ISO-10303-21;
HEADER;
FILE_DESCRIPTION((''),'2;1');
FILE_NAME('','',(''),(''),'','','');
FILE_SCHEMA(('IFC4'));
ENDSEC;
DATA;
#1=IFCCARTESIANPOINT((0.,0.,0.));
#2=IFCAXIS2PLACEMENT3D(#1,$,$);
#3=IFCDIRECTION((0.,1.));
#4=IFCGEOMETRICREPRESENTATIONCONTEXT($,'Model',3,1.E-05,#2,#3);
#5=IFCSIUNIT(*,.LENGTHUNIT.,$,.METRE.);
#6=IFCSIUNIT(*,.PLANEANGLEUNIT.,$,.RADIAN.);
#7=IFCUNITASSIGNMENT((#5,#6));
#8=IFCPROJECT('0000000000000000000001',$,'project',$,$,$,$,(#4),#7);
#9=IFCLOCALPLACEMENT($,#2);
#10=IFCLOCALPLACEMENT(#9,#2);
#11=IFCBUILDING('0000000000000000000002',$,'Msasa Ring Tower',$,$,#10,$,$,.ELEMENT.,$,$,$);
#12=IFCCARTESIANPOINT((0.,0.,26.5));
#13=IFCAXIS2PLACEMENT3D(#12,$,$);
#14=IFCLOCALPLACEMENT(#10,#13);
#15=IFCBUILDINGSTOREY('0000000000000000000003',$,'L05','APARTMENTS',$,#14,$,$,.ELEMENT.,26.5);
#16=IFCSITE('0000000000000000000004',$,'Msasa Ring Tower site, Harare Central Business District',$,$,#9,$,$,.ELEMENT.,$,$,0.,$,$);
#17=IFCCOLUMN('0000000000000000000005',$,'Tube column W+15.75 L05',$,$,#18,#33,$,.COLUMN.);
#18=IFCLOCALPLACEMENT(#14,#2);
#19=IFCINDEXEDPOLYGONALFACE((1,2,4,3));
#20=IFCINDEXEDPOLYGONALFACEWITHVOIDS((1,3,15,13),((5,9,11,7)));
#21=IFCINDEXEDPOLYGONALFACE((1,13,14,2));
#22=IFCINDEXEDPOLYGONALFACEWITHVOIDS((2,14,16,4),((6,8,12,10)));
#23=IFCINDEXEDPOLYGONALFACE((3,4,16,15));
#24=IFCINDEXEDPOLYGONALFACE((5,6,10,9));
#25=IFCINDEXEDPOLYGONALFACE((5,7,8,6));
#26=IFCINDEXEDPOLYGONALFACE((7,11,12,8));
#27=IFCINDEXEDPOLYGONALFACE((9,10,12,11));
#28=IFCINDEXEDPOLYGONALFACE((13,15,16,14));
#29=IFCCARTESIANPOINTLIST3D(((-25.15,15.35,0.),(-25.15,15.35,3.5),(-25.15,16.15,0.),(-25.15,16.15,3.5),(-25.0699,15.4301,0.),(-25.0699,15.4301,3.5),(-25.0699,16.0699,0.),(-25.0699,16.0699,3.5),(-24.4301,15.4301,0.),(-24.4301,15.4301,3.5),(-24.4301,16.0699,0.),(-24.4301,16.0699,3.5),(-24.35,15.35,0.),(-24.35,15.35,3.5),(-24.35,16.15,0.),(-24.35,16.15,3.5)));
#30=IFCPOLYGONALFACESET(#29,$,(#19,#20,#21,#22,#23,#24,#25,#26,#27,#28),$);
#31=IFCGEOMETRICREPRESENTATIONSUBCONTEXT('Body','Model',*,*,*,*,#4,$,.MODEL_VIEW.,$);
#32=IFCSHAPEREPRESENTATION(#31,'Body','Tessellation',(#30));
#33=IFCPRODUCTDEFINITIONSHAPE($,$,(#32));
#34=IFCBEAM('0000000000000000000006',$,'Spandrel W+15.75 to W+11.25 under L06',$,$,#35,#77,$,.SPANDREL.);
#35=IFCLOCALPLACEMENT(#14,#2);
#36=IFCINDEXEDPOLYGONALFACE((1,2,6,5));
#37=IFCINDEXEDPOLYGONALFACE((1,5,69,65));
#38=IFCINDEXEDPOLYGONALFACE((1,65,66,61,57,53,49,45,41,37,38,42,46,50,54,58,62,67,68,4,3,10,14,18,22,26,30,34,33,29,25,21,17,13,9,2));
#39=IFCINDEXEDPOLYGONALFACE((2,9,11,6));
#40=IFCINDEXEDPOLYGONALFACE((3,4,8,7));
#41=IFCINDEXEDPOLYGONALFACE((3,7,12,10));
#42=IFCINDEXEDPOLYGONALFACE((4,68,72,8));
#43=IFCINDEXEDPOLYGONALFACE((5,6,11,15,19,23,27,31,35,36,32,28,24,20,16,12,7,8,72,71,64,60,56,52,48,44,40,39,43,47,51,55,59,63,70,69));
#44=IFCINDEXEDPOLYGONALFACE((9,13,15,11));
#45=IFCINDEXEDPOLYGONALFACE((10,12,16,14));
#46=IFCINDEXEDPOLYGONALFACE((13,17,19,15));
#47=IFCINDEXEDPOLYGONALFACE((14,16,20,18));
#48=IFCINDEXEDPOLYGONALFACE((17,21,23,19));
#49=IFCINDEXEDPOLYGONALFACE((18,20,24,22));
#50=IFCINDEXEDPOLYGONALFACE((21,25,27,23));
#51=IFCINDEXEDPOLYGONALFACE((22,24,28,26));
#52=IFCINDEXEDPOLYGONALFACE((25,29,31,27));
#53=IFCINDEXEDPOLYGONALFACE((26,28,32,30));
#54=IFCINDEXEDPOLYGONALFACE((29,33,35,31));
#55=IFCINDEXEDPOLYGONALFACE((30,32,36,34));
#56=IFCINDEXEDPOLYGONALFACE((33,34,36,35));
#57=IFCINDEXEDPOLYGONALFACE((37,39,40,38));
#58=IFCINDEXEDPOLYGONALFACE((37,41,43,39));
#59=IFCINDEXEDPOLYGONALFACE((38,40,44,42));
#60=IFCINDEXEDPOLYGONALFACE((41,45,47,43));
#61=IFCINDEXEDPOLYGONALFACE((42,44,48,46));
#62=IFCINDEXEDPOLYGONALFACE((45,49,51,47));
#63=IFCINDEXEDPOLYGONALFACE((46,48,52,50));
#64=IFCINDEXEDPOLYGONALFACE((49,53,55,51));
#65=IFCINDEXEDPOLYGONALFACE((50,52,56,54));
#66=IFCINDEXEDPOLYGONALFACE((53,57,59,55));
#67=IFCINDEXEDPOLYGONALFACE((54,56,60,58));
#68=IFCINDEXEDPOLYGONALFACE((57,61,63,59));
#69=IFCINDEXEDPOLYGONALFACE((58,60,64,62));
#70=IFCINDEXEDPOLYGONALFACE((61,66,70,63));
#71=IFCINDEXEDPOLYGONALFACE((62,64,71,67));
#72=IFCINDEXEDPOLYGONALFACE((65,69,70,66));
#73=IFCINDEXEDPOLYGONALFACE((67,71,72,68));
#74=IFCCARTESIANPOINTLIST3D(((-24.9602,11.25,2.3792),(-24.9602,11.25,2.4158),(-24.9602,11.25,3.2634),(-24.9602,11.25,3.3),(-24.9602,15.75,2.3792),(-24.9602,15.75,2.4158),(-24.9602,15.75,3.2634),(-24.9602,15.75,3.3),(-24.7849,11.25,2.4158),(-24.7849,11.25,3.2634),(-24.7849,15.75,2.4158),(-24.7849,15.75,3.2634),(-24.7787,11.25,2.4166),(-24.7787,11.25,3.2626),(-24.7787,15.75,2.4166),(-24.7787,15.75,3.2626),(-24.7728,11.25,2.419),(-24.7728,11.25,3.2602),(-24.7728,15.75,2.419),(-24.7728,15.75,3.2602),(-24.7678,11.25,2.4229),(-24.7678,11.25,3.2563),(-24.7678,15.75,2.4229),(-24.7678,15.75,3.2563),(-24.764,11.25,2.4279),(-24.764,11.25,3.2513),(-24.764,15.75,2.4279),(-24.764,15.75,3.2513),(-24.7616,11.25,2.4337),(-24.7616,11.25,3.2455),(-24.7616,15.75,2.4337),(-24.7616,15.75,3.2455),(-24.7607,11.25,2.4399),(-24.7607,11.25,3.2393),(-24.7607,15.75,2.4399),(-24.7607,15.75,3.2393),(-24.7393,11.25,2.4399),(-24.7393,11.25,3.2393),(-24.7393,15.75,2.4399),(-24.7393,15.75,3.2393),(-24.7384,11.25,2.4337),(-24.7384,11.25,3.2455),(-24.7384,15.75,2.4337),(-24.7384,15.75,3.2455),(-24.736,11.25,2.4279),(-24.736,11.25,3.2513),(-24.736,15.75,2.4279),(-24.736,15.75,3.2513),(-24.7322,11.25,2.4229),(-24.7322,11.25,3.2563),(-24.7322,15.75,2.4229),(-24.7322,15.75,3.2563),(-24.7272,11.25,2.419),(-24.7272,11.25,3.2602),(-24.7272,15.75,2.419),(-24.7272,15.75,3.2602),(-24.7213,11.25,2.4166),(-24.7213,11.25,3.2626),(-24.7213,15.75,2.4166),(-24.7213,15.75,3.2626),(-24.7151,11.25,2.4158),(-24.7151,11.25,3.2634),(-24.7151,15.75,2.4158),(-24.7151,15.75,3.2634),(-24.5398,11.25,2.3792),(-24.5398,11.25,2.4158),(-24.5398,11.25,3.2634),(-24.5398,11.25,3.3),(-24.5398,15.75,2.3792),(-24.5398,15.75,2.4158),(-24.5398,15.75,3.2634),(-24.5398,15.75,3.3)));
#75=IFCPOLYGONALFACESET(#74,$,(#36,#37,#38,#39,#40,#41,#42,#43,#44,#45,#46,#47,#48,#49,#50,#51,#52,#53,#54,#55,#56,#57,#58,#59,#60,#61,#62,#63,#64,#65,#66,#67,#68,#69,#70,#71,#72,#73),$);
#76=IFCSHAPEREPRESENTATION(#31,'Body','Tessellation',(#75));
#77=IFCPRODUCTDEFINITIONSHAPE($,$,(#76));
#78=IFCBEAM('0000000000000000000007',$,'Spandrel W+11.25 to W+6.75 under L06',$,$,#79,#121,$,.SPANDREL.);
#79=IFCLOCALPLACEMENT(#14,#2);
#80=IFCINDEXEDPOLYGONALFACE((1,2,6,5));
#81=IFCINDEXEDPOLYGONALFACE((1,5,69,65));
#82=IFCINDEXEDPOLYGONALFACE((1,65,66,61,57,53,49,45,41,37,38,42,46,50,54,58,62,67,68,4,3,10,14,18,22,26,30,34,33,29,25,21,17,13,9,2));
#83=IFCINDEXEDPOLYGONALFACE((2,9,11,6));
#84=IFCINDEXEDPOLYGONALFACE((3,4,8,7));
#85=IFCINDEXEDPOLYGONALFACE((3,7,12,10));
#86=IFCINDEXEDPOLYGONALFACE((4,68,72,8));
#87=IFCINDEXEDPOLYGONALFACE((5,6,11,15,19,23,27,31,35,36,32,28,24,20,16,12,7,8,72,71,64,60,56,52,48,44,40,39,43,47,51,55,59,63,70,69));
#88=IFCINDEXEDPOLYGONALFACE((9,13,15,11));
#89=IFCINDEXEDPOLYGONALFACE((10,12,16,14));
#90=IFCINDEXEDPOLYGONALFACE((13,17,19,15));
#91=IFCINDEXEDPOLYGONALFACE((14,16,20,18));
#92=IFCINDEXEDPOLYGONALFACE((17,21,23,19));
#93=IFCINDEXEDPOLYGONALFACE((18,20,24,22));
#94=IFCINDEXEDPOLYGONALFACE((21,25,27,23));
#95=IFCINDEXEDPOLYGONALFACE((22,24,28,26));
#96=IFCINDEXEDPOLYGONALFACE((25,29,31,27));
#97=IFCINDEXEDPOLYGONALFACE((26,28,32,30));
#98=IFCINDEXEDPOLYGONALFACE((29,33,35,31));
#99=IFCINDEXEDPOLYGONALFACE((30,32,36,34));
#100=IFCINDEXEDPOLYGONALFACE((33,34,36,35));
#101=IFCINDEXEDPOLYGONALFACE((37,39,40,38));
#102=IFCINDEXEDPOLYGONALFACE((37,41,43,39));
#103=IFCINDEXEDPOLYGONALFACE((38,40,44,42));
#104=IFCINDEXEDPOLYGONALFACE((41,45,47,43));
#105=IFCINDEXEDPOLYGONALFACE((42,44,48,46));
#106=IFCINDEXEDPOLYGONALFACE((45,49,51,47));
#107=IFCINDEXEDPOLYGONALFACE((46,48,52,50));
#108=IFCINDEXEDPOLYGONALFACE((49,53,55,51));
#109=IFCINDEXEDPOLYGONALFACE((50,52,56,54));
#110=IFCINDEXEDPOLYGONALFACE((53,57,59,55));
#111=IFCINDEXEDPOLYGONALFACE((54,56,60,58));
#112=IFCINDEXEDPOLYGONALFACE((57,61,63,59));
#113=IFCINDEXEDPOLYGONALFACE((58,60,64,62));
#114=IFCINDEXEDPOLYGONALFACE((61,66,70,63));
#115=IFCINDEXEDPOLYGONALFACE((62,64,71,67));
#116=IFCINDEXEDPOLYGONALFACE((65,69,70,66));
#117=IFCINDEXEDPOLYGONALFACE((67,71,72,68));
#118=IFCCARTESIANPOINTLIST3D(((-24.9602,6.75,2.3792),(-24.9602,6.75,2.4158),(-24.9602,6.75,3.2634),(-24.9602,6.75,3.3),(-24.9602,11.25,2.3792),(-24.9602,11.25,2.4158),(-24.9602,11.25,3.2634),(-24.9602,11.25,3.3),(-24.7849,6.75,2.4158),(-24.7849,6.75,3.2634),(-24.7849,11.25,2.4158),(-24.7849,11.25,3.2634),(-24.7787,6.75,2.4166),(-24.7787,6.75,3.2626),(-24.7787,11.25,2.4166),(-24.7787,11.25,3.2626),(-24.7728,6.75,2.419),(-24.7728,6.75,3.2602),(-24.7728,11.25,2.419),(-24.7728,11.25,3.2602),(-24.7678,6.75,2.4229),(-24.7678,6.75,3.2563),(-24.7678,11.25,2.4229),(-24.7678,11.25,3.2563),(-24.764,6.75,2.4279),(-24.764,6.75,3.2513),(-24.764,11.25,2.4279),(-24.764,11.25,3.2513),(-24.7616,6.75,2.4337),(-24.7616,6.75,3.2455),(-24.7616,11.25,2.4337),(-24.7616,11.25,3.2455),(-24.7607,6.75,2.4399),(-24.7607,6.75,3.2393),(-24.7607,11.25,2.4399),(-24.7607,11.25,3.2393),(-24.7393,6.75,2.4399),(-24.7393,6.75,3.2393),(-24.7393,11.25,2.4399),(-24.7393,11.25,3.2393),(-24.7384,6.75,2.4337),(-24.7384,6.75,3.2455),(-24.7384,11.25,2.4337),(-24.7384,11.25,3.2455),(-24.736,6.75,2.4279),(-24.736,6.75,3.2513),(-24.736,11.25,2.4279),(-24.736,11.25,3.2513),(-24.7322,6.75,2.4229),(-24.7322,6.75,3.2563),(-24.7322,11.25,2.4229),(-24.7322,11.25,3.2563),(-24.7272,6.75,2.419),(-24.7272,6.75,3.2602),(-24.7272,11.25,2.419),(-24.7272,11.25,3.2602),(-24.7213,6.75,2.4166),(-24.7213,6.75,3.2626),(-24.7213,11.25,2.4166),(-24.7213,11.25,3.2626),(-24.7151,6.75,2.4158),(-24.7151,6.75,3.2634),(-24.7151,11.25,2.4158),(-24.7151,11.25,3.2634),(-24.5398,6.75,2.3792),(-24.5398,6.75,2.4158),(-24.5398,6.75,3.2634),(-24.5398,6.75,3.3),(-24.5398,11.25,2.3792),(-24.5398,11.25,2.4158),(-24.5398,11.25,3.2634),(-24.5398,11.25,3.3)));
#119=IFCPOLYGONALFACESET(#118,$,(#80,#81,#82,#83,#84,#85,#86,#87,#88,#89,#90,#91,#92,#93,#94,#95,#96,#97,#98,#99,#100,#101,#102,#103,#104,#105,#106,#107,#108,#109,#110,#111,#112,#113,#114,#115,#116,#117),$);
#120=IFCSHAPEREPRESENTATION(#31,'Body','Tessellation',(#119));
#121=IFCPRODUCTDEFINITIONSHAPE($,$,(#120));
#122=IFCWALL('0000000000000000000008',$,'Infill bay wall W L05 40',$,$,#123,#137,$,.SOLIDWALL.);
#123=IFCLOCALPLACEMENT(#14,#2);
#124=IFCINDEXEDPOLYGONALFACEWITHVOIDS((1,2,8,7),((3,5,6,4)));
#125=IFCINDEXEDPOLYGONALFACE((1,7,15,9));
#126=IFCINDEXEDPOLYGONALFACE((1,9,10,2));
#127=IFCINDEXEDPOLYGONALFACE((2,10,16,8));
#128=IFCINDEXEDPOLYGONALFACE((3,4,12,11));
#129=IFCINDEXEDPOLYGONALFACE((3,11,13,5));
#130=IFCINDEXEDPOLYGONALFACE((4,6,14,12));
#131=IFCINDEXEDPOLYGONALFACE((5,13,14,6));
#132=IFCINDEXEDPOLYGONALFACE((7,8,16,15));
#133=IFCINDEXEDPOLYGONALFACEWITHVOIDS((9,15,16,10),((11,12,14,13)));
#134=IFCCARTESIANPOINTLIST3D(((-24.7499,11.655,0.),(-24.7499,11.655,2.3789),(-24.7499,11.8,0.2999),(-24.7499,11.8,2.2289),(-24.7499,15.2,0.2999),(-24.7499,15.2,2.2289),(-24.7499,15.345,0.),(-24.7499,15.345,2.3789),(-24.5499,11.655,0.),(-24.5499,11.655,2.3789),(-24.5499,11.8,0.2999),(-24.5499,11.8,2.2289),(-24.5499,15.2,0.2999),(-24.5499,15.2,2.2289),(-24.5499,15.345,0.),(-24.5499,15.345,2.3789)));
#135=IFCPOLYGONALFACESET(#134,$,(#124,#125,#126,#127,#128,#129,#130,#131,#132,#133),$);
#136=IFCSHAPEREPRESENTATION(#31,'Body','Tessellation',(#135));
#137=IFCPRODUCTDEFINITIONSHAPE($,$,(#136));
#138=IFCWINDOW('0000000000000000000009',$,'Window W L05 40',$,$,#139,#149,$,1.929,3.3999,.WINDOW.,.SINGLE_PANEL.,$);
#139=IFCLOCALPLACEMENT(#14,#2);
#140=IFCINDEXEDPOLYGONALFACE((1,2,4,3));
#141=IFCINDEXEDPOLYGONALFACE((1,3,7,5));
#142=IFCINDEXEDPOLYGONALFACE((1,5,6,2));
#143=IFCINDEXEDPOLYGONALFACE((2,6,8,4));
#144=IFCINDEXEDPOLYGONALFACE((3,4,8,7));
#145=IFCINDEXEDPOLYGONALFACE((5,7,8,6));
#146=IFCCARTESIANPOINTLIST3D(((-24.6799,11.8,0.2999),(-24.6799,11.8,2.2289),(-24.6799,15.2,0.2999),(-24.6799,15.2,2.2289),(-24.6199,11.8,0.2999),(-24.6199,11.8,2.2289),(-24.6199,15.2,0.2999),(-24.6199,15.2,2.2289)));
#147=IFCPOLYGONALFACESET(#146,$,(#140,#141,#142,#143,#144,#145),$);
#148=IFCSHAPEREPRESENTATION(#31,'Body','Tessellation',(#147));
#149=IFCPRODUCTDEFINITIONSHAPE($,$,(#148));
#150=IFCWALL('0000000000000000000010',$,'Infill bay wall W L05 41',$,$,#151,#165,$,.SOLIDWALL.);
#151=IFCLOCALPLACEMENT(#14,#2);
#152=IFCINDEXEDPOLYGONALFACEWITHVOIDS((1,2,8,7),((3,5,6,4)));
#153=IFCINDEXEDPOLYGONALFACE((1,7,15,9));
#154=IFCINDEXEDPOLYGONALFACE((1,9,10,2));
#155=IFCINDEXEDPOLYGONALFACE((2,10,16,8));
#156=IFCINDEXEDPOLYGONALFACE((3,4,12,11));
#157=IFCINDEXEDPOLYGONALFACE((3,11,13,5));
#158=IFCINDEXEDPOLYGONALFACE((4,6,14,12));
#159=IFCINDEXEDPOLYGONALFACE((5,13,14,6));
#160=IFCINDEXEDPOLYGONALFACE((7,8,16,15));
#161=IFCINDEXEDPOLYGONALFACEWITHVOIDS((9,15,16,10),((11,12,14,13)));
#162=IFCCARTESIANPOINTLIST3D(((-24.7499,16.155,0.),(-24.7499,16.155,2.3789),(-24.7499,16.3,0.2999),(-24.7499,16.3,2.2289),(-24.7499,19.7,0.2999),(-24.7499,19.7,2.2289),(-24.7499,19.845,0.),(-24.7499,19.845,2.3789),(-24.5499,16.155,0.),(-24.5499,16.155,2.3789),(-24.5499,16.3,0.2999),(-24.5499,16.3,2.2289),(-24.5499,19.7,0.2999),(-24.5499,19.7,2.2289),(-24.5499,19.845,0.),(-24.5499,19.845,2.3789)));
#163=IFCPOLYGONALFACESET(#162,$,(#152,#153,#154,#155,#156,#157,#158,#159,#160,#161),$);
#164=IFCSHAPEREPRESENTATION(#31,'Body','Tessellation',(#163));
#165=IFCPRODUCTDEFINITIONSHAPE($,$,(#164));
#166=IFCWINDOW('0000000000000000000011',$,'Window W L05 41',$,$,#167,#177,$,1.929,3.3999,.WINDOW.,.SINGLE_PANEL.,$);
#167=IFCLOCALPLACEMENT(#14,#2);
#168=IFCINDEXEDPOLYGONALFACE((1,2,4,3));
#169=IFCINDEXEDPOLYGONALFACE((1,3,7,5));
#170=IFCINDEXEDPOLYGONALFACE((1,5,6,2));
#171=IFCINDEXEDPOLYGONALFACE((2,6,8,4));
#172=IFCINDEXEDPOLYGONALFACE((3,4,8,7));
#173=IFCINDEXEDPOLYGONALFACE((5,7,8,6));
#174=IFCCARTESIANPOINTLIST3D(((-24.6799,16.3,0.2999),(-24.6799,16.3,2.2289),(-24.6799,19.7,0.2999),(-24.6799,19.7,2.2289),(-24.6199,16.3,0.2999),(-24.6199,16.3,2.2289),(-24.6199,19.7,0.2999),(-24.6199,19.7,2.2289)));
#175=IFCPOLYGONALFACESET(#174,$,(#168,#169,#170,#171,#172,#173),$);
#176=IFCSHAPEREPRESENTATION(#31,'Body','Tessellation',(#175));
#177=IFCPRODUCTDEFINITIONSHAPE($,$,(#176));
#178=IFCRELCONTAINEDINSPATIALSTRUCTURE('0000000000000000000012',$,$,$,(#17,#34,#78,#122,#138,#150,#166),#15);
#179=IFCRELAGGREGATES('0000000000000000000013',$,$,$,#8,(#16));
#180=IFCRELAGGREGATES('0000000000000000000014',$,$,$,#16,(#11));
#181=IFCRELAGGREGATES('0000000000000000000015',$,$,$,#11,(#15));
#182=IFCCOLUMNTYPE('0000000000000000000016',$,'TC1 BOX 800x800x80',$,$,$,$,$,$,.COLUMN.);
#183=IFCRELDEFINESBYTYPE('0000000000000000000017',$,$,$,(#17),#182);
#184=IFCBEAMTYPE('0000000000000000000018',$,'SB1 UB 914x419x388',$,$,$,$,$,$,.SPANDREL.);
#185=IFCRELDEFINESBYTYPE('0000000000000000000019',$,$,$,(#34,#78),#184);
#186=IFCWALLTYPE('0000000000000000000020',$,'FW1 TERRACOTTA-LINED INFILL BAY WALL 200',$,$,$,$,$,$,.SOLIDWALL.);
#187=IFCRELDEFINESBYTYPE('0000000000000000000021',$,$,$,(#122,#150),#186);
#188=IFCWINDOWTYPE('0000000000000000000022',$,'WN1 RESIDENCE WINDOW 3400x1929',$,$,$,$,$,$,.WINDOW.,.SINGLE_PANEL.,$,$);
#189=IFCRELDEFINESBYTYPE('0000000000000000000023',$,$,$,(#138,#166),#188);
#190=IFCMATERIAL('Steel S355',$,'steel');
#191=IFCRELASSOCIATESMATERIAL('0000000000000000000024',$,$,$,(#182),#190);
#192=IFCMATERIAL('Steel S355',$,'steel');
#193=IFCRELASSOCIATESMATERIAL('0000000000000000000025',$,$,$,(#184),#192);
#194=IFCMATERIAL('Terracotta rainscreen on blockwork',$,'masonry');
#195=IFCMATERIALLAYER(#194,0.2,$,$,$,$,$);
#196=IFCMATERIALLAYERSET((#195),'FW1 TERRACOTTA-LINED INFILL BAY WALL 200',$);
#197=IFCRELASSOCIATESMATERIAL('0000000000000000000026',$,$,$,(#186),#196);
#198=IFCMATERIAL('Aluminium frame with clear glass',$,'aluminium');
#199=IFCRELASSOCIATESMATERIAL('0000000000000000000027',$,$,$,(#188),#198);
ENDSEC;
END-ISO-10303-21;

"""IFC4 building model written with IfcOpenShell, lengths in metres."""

from ifc_helpers import new_model, si_unit, direction, frame, frame_2d, origin, origin_2d, place, context, subcontext, project, spatial, rectangle, hollow_rectangle, i_section, extrude, material, layer, layer_set, material_profile, profile_set, type_object, element, fill, save


model = new_model("IFC4")

# Units and contexts
model_context = context("Model", 3, precision=1e-05, world=origin(), true_north=direction((0.0, 1.0)))
body_context = subcontext(model_context, "Body", "Model", "MODEL_VIEW")
ifc_project = project(units=[si_unit("LENGTHUNIT", "METRE"), si_unit("PLANEANGLEUNIT", "RADIAN")], contexts=[model_context])

# Site, building, storey
site_placement = place(None, origin())
site = spatial("IfcSite", under=ifc_project, at=site_placement, Name="Msasa Ring Tower site, Harare Central Business District", CompositionType="ELEMENT", RefElevation=0.0)
building_placement = place(site_placement, origin())
building = spatial("IfcBuilding", under=site, at=building_placement, Name="Msasa Ring Tower", CompositionType="ELEMENT")
storey_placement = place(building_placement, frame((0.0, 0.0, 26.5)))
storey = spatial("IfcBuildingStorey", under=building, at=storey_placement, Name="L05", Description="APARTMENTS", CompositionType="ELEMENT", Elevation=26.5)

# Column
ifc_material_1 = material(Name="Steel S355", Category="steel")
ifc_material_profile_1 = material_profile(ifc_material_1, hollow_rectangle(XDim=0.8, YDim=0.8, WallThickness=0.0801, at=origin_2d()), Name="BOX 800x800x80")
ifc_profile_set_1 = profile_set([ifc_material_profile_1], Name="Steel S355")
column_type = type_object("IfcColumnType", Name="TC1 BOX 800x800x80", PredefinedType="COLUMN", material=ifc_profile_set_1)
column_placement = place(storey_placement, frame((-24.75, 15.75, 0.0), z_axis=(0.0, 0.0, 1.0), x_axis=(1.0, 0.0, 0.0)))
element("IfcColumn", 1, at=column_placement, inside=storey, type_object=column_type, Name="Tube column W+15.75 L05", PredefinedType="COLUMN", context=body_context, shape_type="SweptSolid", body=[
    extrude(hollow_rectangle(XDim=0.8, YDim=0.8, WallThickness=0.0801, at=origin_2d()), origin(), (0.0, 0.0, 1.0), 3.5),
])

# Beams
ifc_material_2 = material(Name="Steel S355", Category="steel")
ifc_material_profile_2 = material_profile(ifc_material_2, i_section(OverallWidth=0.4204, OverallDepth=0.9209, WebThickness=0.0215, FlangeThickness=0.0366, FilletRadius=0.0242, at=origin_2d()), Name="UB 914x419x388")
ifc_profile_set_2 = profile_set([ifc_material_profile_2], Name="Steel S355")
beam_type = type_object("IfcBeamType", Name="SB1 UB 914x419x388", PredefinedType="SPANDREL", material=ifc_profile_set_2)
for number, where, z_axis, x_axis, name in (
    (2, (-24.75, 15.75, 2.8396), (0.0, -1.0, 0.0), (1.0, 0.0, 0.0), "Spandrel W+15.75 to W+11.25 under L06"),
    (3, (-24.75, 11.25, 2.8396), (0.0, -1.0, 0.0), (1.0, 0.0, 0.0), "Spandrel W+11.25 to W+6.75 under L06"),
):
    element("IfcBeam", number, at=place(storey_placement, frame(where, z_axis=z_axis, x_axis=x_axis)), inside=storey, type_object=beam_type, Name=name, PredefinedType="SPANDREL", context=body_context, shape_type="SweptSolid", body=[
        extrude(i_section(OverallWidth=0.4204, OverallDepth=0.9209, WebThickness=0.0215, FlangeThickness=0.0366, FilletRadius=0.0242, at=origin_2d()), origin(), (0.0, 0.0, 1.0), 4.5),
    ])

# Walls, openings, windows
ifc_material_3 = material(Name="Terracotta rainscreen on blockwork", Category="masonry")
ifc_layer_1 = layer(ifc_material_3, 0.2)
ifc_layer_set_1 = layer_set([ifc_layer_1], Name="FW1 TERRACOTTA-LINED INFILL BAY WALL 200")
wall_type_1 = type_object("IfcWallType", Name="FW1 TERRACOTTA-LINED INFILL BAY WALL 200", PredefinedType="SOLIDWALL", material=ifc_layer_set_1)
wall_1_placement = place(storey_placement, frame((-24.6499, 11.655, 0.0), z_axis=(0.0, 0.0, 1.0), x_axis=(0.0, 1.0, 0.0)))
wall_1 = element("IfcWall", 4, at=wall_1_placement, inside=storey, type_object=wall_type_1, Name="Infill bay wall W L05 40", PredefinedType="SOLIDWALL", context=body_context, shape_type="SweptSolid", body=[
    extrude(rectangle(XDim=3.6899, YDim=0.2, at=frame_2d((1.845, 0.0))), origin(), (0.0, 0.0, 1.0), 2.3789),
])
opening_1_placement = place(wall_1_placement, frame((0.145, 0.0, 0.3)))
opening_1 = element("IfcOpeningElement", 5, at=opening_1_placement, cuts=wall_1, PredefinedType="OPENING", context=body_context, shape_type="SweptSolid", body=[
    extrude(rectangle(XDim=3.3999, YDim=1.929, at=frame_2d((1.7, 0.9644))), frame((0.0, 0.1099, 0.0), z_axis=(0.0, -1.0, 0.0), x_axis=(1.0, 0.0, 0.0)), (0.0, 0.0, 1.0), 0.22),
])
ifc_material_4 = material(Name="Aluminium frame with clear glass", Category="aluminium")
window_type = type_object("IfcWindowType", Name="WN1 RESIDENCE WINDOW 3400x1929", PartitioningType="SINGLE_PANEL", PredefinedType="WINDOW", material=ifc_material_4)
window_1_placement = place(opening_1_placement, origin())
window_1 = element("IfcWindow", 6, at=window_1_placement, inside=storey, type_object=window_type, Name="Window W L05 40", OverallHeight=1.929, OverallWidth=3.3999, PartitioningType="SINGLE_PANEL", PredefinedType="WINDOW", context=body_context, shape_type="SweptSolid", body=[
    extrude(rectangle(XDim=3.3999, YDim=1.929, at=frame_2d((1.7, 0.9644))), frame((0.0, 0.03, 0.0), z_axis=(0.0, -1.0, 0.0), x_axis=(1.0, 0.0, 0.0)), (0.0, 0.0, 1.0), 0.0601),
])
fill(opening_1, window_1)
wall_2_placement = place(storey_placement, frame((-24.6499, 16.155, 0.0), z_axis=(0.0, 0.0, 1.0), x_axis=(0.0, 1.0, 0.0)))
wall_2 = element("IfcWall", 7, at=wall_2_placement, inside=storey, type_object=wall_type_1, Name="Infill bay wall W L05 41", PredefinedType="SOLIDWALL", context=body_context, shape_type="SweptSolid", body=[
    extrude(rectangle(XDim=3.6899, YDim=0.2, at=frame_2d((1.845, 0.0))), origin(), (0.0, 0.0, 1.0), 2.3789),
])
opening_2_placement = place(wall_2_placement, frame((0.145, 0.0, 0.3)))
opening_2 = element("IfcOpeningElement", 8, at=opening_2_placement, cuts=wall_2, PredefinedType="OPENING", context=body_context, shape_type="SweptSolid", body=[
    extrude(rectangle(XDim=3.3999, YDim=1.929, at=frame_2d((1.7, 0.9644))), frame((0.0, 0.1099, 0.0), z_axis=(0.0, -1.0, 0.0), x_axis=(1.0, 0.0, 0.0)), (0.0, 0.0, 1.0), 0.22),
])
window_2_placement = place(opening_2_placement, origin())
window_2 = element("IfcWindow", 9, at=window_2_placement, inside=storey, type_object=window_type, Name="Window W L05 41", OverallHeight=1.929, OverallWidth=3.3999, PartitioningType="SINGLE_PANEL", PredefinedType="WINDOW", context=body_context, shape_type="SweptSolid", body=[
    extrude(rectangle(XDim=3.3999, YDim=1.929, at=frame_2d((1.7, 0.9644))), frame((0.0, 0.03, 0.0), z_axis=(0.0, -1.0, 0.0), x_axis=(1.0, 0.0, 0.0)), (0.0, 0.0, 1.0), 0.0601),
])
fill(opening_2, window_2)

save(model, "model.ifc")
